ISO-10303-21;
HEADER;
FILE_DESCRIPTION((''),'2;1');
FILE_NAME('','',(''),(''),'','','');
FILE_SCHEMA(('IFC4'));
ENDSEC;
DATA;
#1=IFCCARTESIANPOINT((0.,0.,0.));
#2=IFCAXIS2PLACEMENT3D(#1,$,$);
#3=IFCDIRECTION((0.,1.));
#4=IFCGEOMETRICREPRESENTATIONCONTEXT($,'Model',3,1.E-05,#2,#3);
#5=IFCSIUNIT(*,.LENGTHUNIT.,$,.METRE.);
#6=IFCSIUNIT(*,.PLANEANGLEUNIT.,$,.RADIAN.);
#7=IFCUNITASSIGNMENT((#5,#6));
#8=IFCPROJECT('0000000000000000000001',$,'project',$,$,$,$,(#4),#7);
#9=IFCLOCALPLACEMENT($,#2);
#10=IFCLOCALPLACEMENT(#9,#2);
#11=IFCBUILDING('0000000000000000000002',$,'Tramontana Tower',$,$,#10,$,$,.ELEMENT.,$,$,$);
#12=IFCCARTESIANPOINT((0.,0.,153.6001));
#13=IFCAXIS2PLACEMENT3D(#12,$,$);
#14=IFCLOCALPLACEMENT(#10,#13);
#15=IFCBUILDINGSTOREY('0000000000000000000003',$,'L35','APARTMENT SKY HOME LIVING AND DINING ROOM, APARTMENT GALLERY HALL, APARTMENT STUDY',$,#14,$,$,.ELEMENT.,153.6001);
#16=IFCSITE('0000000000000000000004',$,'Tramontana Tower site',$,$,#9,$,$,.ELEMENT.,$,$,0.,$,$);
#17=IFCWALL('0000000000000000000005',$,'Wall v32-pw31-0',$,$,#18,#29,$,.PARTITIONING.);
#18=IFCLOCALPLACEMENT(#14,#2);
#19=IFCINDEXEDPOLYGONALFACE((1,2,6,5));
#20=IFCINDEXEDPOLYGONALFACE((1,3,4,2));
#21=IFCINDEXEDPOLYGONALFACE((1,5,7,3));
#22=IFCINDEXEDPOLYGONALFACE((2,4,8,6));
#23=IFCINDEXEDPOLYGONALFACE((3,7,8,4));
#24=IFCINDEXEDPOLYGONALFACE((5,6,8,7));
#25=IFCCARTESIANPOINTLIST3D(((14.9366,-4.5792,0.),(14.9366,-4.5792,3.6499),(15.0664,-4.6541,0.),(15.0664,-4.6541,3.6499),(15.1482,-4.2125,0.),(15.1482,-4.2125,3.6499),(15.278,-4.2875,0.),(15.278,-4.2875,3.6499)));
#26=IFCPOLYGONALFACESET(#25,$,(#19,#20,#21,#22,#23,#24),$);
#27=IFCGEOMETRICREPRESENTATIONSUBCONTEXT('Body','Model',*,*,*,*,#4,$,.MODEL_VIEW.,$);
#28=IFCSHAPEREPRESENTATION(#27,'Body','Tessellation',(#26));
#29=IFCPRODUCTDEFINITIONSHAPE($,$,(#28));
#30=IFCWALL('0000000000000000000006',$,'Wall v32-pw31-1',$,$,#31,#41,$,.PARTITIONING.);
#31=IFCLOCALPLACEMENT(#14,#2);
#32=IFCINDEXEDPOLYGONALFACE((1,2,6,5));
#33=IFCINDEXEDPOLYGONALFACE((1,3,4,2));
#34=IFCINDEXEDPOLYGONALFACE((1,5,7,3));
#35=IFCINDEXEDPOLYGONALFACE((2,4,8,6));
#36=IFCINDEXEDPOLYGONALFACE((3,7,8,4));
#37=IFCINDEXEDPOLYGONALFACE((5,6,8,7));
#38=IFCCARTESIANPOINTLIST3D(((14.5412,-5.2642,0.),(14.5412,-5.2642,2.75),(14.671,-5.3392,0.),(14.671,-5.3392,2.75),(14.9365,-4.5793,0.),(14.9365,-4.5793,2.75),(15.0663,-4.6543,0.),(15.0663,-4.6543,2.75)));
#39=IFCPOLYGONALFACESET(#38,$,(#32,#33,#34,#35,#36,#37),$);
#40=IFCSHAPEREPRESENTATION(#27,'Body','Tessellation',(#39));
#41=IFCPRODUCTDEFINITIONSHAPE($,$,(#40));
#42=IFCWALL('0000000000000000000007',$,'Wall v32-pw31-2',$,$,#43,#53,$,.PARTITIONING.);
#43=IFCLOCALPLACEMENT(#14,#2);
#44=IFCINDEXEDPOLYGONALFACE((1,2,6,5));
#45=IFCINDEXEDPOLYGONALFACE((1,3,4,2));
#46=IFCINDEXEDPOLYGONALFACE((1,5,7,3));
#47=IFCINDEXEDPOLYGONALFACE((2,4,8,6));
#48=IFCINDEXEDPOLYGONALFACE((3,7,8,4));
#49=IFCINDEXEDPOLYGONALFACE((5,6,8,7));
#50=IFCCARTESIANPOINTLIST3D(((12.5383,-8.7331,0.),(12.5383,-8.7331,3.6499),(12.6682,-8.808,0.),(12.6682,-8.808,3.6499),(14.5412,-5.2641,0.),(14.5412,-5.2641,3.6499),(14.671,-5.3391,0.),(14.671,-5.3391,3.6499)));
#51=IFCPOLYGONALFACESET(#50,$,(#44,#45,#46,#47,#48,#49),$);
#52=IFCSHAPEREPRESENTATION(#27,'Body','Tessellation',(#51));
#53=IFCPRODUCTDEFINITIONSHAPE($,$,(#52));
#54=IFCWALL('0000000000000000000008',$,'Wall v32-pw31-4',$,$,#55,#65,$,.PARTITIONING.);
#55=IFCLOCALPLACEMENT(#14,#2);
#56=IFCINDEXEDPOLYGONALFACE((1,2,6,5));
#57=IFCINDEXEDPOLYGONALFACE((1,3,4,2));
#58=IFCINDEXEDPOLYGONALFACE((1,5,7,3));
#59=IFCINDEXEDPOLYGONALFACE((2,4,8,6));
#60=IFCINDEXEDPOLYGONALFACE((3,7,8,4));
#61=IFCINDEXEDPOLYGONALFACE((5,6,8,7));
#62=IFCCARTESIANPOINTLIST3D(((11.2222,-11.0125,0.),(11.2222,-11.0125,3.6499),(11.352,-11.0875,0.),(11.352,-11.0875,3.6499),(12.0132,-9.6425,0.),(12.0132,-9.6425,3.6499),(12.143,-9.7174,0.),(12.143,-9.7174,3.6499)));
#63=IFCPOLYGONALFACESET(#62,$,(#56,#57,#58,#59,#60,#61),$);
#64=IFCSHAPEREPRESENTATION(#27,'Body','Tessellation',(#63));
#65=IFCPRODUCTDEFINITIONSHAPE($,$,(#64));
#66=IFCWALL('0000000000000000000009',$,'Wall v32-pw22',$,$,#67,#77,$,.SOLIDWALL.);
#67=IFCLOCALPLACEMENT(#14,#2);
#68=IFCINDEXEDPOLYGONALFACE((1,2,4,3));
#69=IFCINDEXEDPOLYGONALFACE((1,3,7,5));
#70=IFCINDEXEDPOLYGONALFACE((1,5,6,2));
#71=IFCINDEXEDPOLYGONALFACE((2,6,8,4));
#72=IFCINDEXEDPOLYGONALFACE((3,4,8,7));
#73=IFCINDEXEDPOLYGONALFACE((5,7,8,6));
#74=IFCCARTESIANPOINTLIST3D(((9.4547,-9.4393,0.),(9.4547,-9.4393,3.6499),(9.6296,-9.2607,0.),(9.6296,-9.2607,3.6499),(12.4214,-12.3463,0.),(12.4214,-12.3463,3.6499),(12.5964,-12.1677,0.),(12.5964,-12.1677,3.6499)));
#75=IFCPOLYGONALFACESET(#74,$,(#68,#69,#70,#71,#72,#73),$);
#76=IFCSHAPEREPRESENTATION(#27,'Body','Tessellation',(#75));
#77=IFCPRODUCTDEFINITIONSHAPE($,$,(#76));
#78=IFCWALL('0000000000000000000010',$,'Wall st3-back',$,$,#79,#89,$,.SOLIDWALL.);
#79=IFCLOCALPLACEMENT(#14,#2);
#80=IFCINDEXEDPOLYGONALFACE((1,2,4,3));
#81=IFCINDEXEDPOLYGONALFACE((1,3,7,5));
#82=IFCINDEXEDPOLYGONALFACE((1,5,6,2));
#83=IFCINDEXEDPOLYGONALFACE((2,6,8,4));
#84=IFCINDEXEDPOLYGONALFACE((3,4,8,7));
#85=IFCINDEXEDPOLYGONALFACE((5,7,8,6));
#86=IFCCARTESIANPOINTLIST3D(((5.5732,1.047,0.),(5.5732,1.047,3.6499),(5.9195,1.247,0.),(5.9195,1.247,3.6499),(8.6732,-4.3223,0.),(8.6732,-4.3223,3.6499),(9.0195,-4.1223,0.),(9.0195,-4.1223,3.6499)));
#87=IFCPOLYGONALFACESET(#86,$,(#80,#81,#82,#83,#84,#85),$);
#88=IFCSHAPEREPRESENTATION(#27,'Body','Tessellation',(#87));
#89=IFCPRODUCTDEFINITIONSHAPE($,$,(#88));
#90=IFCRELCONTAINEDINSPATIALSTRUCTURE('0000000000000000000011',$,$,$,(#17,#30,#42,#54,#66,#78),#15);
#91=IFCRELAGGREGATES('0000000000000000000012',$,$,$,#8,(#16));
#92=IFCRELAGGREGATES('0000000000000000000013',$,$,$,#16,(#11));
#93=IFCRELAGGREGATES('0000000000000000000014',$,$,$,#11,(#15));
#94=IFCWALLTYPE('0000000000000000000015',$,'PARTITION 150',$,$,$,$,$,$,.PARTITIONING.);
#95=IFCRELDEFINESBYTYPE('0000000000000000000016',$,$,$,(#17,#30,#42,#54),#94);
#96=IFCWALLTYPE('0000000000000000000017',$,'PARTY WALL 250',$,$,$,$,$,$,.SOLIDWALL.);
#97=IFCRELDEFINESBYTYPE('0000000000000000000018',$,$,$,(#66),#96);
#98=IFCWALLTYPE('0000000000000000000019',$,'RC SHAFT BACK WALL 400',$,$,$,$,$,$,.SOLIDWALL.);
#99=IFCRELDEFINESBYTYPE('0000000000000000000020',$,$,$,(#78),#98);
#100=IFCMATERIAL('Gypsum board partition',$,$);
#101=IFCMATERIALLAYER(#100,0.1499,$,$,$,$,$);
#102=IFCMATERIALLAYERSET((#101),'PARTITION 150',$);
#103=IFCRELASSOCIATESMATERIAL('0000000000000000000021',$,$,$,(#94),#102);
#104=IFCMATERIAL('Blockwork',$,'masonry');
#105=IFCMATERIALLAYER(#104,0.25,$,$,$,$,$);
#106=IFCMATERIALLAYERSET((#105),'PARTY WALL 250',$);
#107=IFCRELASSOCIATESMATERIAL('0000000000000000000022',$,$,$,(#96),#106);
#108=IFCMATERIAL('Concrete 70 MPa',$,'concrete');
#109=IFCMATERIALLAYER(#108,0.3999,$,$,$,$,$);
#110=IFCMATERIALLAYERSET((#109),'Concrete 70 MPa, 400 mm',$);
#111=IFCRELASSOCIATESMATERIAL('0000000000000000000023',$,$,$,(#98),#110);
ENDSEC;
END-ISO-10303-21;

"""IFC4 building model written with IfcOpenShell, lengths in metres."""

from ifc_helpers import new_model, si_unit, direction, frame, frame_2d, origin, place, context, subcontext, project, spatial, rectangle, extrude, material, layer, layer_set, type_object, element, save


model = new_model("IFC4")

# Units and contexts
model_context = context("Model", 3, precision=1e-05, world=origin(), true_north=direction((0.0, 1.0)))
body_context = subcontext(model_context, "Body", "Model", "MODEL_VIEW")
ifc_project = project(units=[si_unit("LENGTHUNIT", "METRE"), si_unit("PLANEANGLEUNIT", "RADIAN")], contexts=[model_context])

# Site, building, storey
site_placement = place(None, origin())
site = spatial("IfcSite", under=ifc_project, at=site_placement, Name="Tramontana Tower site", CompositionType="ELEMENT", RefElevation=0.0)
building_placement = place(site_placement, origin())
building = spatial("IfcBuilding", under=site, at=building_placement, Name="Tramontana Tower", CompositionType="ELEMENT")
storey_placement = place(building_placement, frame((0.0, 0.0, 153.6001)))
storey = spatial("IfcBuildingStorey", under=building, at=storey_placement, Name="L35", Description="APARTMENT SKY HOME LIVING AND DINING ROOM, APARTMENT GALLERY HALL, APARTMENT STUDY", CompositionType="ELEMENT", Elevation=153.6001)

# Shared definitions
ifc_material_1 = material(Name="Gypsum board partition")
ifc_layer_1 = layer(ifc_material_1, 0.1499)
ifc_layer_set_1 = layer_set([ifc_layer_1], Name="PARTITION 150")
wall_type_1 = type_object("IfcWallType", Name="PARTITION 150", PredefinedType="PARTITIONING", material=ifc_layer_set_1)

# Walls
wall_1_placement = place(storey_placement, frame((15.2131, -4.25, 0.0), z_axis=(0.0, 0.0, 1.0), x_axis=(-0.499922, -0.86607, 0.0)))
element("IfcWall", 1, at=wall_1_placement, inside=storey, type_object=wall_type_1, Name="Wall v32-pw31-0", PredefinedType="PARTITIONING", context=body_context, shape_type="SweptSolid", body=[
    extrude(rectangle(XDim=0.4233, YDim=0.1499, at=frame_2d((0.2117, 0.0))), origin(), (0.0, 0.0, 1.0), 3.6499),
])
wall_2_placement = place(storey_placement, frame((15.0015, -4.6167, 0.0), z_axis=(0.0, 0.0, 1.0), x_axis=(-0.499892, -0.866088, 0.0)))
element("IfcWall", 2, at=wall_2_placement, inside=storey, type_object=wall_type_1, Name="Wall v32-pw31-1", PredefinedType="PARTITIONING", context=body_context, shape_type="SweptSolid", body=[
    extrude(rectangle(XDim=0.7908, YDim=0.1499, at=frame_2d((0.3955, 0.0))), origin(), (0.0, 0.0, 1.0), 2.75),
])
wall_3_placement = place(storey_placement, frame((14.6062, -5.3015, 0.0), z_axis=(0.0, 0.0, 1.0), x_axis=(-0.50002, -0.866014, 0.0)))
element("IfcWall", 3, at=wall_3_placement, inside=storey, type_object=wall_type_1, Name="Wall v32-pw31-2", PredefinedType="PARTITIONING", context=body_context, shape_type="SweptSolid", body=[
    extrude(rectangle(XDim=4.0056, YDim=0.1499, at=frame_2d((2.0029, 0.0))), origin(), (0.0, 0.0, 1.0), 3.6499),
])

# Walls
wall_4_placement = place(storey_placement, frame((12.0781, -9.6799, 0.0), z_axis=(0.0, 0.0, 1.0), x_axis=(-0.49999, -0.866031, 0.0)))
element("IfcWall", 4, at=wall_4_placement, inside=storey, type_object=wall_type_1, Name="Wall v32-pw31-4", PredefinedType="PARTITIONING", context=body_context, shape_type="SweptSolid", body=[
    extrude(rectangle(XDim=1.582, YDim=0.1499, at=frame_2d((0.791, 0.0))), origin(), (0.0, 0.0, 1.0), 3.6499),
])
ifc_material_2 = material(Name="Blockwork", Category="masonry")
ifc_layer_2 = layer(ifc_material_2, 0.25)
ifc_layer_set_2 = layer_set([ifc_layer_2], Name="PARTY WALL 250")
wall_type_2 = type_object("IfcWallType", Name="PARTY WALL 250", PredefinedType="SOLIDWALL", material=ifc_layer_set_2)
wall_5_placement = place(storey_placement, frame((9.5422, -9.3501, 0.0), z_axis=(0.0, 0.0, 1.0), x_axis=(0.71427, -0.69987, 0.0)))
element("IfcWall", 5, at=wall_5_placement, inside=storey, type_object=wall_type_2, Name="Wall v32-pw22", PredefinedType="SOLIDWALL", context=body_context, shape_type="SweptSolid", body=[
    extrude(rectangle(XDim=4.1536, YDim=0.25, at=frame_2d((2.0767, 0.0))), origin(), (0.0, 0.0, 1.0), 3.6499),
])
ifc_material_3 = material(Name="Concrete 70 MPa", Category="concrete")
ifc_layer_3 = layer(ifc_material_3, 0.3999)
ifc_layer_set_3 = layer_set([ifc_layer_3], Name="Concrete 70 MPa, 400 mm")
wall_type_3 = type_object("IfcWallType", Name="RC SHAFT BACK WALL 400", PredefinedType="SOLIDWALL", material=ifc_layer_set_3)
wall_6_placement = place(storey_placement, frame((8.8464, -4.2224, 0.0), z_axis=(0.0, 0.0, 1.0), x_axis=(-0.50001, 0.86602, 0.0)))
element("IfcWall", 6, at=wall_6_placement, inside=storey, type_object=wall_type_3, Name="Wall st3-back", PredefinedType="SOLIDWALL", context=body_context, shape_type="SweptSolid", body=[
    extrude(rectangle(XDim=6.2, YDim=0.3999, at=frame_2d((3.1001, 0.0))), origin(), (0.0, 0.0, 1.0), 3.6499),
])

save(model, "model.ifc")
